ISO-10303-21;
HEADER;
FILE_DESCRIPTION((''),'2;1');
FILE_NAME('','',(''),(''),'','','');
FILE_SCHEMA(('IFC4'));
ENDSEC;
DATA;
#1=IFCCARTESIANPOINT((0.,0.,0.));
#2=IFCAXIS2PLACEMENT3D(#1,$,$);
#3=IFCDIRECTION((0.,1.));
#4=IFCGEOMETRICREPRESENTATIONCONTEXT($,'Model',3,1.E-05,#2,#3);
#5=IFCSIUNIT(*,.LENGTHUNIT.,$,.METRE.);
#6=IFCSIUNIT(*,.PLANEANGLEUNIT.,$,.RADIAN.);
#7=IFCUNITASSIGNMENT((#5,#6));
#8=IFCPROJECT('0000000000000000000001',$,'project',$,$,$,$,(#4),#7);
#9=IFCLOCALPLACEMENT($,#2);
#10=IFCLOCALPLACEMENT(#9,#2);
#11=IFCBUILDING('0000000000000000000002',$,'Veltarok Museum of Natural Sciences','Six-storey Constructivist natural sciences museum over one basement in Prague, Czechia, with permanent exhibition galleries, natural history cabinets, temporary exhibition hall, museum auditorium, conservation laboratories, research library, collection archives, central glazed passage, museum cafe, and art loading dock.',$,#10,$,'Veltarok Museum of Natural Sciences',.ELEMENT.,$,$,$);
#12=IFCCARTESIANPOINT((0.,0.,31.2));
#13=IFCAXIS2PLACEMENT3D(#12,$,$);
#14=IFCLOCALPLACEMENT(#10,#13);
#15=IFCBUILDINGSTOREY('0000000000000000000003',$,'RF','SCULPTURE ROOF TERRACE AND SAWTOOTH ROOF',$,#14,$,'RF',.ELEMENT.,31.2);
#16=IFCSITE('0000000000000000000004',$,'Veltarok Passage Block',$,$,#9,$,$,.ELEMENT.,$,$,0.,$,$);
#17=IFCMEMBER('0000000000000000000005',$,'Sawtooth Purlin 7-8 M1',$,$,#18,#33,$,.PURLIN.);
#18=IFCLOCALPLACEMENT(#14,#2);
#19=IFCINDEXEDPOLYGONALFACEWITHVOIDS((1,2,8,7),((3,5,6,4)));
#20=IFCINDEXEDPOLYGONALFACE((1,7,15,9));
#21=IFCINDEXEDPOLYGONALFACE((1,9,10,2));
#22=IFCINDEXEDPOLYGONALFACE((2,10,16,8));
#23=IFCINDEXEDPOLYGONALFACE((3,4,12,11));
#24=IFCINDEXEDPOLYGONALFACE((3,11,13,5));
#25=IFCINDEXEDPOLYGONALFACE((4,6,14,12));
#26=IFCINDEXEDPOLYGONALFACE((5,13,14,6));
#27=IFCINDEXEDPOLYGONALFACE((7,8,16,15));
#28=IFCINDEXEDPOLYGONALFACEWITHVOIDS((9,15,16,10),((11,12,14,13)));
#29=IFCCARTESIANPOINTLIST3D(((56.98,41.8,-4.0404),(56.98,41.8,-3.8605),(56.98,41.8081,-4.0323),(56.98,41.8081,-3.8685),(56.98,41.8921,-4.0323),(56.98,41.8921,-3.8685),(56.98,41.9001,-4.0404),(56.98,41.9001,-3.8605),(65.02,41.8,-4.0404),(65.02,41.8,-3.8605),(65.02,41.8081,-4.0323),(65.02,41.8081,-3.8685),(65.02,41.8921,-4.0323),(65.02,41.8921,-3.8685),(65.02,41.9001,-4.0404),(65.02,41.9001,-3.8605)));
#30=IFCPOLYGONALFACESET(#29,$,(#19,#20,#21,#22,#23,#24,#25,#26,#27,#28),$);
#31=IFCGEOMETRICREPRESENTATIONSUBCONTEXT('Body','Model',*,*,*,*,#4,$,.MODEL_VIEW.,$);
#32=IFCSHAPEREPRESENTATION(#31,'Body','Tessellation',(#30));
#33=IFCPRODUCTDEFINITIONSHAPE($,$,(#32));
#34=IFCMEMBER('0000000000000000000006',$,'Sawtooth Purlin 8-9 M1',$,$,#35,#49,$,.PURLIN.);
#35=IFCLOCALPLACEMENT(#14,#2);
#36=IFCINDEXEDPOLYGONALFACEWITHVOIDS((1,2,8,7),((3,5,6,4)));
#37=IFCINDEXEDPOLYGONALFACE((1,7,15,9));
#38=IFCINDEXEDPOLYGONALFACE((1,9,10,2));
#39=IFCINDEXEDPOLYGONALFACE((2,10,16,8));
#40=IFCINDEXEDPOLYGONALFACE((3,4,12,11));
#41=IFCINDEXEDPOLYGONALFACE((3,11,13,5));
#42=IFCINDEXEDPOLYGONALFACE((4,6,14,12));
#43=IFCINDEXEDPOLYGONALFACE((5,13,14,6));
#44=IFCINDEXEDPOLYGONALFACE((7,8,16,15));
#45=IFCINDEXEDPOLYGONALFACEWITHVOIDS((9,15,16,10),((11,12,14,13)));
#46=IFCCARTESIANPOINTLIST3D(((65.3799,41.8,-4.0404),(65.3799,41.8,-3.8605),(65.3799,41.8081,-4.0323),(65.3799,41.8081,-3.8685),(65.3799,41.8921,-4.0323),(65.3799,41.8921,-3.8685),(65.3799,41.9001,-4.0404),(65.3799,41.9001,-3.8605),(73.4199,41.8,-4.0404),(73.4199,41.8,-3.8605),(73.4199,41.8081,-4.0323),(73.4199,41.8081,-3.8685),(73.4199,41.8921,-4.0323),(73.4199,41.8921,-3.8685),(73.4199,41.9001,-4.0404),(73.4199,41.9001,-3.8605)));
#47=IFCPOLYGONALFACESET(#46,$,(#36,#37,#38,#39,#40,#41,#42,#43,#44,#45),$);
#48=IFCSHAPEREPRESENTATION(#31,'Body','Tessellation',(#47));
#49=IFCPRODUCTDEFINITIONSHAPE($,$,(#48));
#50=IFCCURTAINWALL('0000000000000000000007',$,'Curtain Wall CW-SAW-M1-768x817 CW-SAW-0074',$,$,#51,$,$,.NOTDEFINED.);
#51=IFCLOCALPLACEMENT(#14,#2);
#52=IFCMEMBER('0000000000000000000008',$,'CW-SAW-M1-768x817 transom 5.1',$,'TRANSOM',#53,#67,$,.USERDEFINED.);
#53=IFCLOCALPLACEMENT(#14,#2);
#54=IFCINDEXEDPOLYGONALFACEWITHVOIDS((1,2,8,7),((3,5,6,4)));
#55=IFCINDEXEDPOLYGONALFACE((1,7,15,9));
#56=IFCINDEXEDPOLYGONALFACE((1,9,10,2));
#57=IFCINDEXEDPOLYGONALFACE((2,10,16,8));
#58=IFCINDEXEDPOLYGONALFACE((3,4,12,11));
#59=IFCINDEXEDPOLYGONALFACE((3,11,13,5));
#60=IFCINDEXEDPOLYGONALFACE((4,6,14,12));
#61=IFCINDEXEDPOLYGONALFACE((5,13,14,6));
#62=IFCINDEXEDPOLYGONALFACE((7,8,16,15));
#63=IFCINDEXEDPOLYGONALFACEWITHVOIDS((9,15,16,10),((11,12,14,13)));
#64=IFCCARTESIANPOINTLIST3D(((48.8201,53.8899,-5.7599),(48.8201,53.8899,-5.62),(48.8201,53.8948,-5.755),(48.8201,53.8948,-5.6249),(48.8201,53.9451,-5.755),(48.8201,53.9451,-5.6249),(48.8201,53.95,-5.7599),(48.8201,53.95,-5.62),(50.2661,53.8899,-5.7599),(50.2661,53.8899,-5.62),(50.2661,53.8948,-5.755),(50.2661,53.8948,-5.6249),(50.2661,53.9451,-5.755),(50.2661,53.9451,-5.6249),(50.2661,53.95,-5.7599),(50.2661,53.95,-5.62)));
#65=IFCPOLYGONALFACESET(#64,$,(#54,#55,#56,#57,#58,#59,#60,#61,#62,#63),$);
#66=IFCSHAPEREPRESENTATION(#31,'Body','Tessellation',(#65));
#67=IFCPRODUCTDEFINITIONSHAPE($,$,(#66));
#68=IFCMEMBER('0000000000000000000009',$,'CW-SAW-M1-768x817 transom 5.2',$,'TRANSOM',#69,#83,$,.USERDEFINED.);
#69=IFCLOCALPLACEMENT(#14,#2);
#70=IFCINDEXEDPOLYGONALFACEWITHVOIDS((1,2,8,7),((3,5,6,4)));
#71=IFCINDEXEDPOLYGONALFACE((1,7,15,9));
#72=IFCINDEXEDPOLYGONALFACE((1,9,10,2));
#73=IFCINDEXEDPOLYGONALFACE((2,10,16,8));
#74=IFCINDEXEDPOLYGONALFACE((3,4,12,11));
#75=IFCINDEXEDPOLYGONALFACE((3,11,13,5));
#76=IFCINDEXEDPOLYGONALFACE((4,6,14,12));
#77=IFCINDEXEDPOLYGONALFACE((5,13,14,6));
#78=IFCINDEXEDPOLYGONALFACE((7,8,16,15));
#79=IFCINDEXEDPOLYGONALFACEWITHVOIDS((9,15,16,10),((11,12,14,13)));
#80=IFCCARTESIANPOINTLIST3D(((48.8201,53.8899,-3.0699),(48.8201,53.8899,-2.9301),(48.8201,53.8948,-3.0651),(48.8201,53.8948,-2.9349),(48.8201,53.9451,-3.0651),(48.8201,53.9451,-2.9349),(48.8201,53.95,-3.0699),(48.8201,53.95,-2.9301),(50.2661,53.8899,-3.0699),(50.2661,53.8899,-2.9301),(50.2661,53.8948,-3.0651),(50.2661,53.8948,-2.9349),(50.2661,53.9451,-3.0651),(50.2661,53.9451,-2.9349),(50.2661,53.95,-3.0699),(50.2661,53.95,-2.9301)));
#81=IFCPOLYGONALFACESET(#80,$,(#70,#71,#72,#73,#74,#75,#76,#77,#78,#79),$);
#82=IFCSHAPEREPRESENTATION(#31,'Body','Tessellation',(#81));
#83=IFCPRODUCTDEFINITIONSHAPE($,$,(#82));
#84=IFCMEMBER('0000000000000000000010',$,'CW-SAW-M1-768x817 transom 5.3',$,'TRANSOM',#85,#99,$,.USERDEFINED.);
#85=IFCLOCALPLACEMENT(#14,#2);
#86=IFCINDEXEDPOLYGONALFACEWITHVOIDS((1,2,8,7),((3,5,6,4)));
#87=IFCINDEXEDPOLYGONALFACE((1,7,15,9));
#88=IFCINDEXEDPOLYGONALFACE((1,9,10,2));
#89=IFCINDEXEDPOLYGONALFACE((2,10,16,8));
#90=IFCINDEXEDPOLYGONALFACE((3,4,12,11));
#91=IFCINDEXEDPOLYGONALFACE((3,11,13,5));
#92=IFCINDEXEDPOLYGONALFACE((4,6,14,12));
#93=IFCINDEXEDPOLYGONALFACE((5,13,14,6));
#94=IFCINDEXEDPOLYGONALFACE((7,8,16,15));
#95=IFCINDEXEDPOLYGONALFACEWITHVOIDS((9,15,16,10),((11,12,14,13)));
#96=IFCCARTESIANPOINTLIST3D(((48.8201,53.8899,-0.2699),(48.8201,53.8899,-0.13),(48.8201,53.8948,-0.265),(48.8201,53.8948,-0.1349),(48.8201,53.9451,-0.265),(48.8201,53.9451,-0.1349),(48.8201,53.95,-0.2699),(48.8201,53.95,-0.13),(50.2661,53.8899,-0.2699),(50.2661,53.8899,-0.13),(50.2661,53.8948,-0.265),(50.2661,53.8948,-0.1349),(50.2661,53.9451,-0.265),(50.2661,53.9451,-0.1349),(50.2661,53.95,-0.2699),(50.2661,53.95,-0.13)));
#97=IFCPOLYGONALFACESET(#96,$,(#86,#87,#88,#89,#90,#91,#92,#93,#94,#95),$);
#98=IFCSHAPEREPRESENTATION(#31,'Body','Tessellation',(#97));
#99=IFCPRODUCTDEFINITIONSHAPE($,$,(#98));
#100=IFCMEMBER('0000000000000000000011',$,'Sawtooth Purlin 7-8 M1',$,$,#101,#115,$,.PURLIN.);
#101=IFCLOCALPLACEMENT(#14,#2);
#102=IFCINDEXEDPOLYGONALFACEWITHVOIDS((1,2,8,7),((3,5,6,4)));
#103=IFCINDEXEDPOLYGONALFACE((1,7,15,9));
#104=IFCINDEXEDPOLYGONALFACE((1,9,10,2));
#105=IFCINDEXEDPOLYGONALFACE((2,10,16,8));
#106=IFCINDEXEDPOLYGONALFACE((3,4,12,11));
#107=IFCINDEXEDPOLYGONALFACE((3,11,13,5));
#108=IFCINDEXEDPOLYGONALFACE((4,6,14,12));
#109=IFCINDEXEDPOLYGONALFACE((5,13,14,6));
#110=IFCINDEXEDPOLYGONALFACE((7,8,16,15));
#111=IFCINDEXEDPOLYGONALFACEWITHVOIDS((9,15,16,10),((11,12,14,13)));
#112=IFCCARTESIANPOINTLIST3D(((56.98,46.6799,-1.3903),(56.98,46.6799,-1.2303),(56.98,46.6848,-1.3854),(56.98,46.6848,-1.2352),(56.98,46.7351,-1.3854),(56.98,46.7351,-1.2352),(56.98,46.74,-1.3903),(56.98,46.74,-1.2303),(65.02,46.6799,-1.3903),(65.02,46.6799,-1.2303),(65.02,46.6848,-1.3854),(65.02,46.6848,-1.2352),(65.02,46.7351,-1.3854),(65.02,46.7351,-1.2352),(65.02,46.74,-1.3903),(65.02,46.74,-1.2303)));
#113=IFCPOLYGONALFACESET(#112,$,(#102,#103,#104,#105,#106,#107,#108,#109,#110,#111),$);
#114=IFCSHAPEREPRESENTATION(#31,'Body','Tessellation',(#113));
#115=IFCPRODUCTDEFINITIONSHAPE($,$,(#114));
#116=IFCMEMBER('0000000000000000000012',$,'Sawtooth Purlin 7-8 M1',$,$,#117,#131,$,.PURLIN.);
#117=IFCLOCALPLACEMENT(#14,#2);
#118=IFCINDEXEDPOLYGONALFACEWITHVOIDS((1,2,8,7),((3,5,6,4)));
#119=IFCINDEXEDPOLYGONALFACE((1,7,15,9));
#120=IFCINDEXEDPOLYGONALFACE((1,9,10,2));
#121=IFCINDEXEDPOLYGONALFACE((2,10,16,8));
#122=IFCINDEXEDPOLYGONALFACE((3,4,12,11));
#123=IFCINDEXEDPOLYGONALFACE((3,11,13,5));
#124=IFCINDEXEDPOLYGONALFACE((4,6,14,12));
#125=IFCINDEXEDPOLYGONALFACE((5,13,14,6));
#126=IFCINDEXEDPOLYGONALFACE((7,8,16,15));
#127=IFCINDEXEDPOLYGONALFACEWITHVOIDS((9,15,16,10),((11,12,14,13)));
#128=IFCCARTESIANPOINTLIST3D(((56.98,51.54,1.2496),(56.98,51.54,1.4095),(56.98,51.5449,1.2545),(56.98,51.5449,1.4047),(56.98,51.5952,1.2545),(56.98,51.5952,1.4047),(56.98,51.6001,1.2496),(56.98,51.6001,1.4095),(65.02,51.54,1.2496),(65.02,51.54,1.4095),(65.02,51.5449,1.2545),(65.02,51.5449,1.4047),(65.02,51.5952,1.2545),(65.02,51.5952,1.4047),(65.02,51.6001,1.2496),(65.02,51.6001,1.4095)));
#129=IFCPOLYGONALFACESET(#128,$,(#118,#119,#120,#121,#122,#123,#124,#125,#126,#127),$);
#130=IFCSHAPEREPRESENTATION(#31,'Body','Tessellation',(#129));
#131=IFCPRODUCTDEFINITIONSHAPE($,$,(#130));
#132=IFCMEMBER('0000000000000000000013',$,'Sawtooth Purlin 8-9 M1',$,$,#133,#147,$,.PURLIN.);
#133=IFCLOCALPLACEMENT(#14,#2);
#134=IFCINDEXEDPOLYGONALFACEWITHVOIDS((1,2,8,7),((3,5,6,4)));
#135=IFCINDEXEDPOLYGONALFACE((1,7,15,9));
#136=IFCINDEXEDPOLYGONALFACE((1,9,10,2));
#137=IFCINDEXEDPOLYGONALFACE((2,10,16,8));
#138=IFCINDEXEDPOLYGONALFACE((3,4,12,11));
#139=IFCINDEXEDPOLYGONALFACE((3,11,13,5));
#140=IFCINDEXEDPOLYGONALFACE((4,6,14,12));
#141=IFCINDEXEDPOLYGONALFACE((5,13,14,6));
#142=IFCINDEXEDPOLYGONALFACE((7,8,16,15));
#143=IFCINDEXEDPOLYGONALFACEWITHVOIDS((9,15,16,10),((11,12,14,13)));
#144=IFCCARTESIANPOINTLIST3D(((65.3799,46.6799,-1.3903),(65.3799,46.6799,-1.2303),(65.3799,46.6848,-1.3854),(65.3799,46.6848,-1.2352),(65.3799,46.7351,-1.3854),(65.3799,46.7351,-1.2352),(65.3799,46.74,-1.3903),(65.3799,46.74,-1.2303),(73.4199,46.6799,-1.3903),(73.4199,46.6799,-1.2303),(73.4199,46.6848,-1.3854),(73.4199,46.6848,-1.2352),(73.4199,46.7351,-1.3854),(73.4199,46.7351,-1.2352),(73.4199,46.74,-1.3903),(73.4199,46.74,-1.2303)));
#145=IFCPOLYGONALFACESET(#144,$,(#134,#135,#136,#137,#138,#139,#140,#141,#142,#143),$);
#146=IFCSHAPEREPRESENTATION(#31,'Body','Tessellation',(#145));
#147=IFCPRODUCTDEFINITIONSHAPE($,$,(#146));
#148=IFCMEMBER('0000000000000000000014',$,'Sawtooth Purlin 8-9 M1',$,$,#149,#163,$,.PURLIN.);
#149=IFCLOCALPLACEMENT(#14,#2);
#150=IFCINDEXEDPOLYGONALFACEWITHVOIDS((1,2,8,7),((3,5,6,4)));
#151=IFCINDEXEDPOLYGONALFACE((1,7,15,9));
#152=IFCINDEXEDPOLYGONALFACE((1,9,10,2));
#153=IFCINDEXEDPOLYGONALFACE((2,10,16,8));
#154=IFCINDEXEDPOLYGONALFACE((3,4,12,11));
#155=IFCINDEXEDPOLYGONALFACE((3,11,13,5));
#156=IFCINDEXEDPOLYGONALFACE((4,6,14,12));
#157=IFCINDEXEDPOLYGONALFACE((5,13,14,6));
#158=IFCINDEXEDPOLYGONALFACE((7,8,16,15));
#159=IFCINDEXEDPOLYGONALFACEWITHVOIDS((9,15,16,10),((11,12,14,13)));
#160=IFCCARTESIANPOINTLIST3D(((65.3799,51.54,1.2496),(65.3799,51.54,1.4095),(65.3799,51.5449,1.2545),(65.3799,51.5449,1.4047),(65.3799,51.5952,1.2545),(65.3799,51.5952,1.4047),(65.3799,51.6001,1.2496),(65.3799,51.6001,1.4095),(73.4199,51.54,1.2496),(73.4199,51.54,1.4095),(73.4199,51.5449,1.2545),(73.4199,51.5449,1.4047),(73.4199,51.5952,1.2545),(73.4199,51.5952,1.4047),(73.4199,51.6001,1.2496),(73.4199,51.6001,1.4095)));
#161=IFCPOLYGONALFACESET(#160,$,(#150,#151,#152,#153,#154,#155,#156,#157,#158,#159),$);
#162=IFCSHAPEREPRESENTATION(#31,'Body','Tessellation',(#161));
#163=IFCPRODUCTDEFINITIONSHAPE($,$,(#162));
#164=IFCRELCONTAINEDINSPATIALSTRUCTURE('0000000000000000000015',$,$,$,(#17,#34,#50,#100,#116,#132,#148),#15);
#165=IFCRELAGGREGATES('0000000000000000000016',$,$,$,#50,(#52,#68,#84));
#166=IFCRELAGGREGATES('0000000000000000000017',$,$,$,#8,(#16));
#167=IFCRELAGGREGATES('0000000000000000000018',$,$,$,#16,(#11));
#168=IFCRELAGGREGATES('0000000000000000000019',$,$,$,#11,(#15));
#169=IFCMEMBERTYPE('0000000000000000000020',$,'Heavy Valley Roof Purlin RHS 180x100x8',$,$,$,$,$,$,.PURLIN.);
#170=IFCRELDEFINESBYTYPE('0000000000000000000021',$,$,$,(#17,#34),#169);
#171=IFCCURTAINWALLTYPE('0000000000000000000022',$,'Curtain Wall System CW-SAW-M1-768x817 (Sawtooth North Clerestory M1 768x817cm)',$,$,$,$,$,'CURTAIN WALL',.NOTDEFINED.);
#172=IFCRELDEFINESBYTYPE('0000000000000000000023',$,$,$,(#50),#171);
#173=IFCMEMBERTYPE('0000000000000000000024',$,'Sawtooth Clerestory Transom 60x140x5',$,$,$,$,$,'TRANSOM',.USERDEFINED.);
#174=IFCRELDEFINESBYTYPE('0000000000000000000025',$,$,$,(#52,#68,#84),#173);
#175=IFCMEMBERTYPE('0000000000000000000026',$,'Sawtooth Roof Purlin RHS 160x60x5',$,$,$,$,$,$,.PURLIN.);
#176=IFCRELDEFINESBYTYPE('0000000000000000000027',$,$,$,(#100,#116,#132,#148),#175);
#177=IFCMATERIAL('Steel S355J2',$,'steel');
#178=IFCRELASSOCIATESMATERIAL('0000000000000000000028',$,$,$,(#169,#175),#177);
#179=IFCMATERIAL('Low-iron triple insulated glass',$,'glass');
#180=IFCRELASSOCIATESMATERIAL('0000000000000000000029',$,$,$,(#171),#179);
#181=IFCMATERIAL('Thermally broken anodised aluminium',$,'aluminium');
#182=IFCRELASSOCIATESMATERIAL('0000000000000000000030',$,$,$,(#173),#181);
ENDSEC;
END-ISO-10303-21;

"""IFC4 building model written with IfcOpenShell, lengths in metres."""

from ifc_helpers import new_model, si_unit, direction, frame, origin, origin_2d, place, context, subcontext, project, spatial, hollow_rectangle, extrude, material, material_profile, profile_set, type_object, element, aggregate, save


model = new_model("IFC4")

# Units and contexts
model_context = context("Model", 3, precision=1e-05, world=origin(), true_north=direction((0.0, 1.0)))
body_context = subcontext(model_context, "Body", "Model", "MODEL_VIEW")
ifc_project = project(units=[si_unit("LENGTHUNIT", "METRE"), si_unit("PLANEANGLEUNIT", "RADIAN")], contexts=[model_context])

# Site, building, storey
site_placement = place(None, origin())
site = spatial("IfcSite", under=ifc_project, at=site_placement, Name="Veltarok Passage Block", CompositionType="ELEMENT", RefElevation=0.0)
building_placement = place(site_placement, origin())
building = spatial("IfcBuilding", under=site, at=building_placement, Name="Veltarok Museum of Natural Sciences", Description="Six-storey Constructivist natural sciences museum over one basement in Prague, Czechia, with permanent exhibition galleries, natural history cabinets, temporary exhibition hall, museum auditorium, conservation laboratories, research library, collection archives, central glazed passage, museum cafe, and art loading dock.", LongName="Veltarok Museum of Natural Sciences", CompositionType="ELEMENT")
storey_placement = place(building_placement, frame((0.0, 0.0, 31.2)))
storey = spatial("IfcBuildingStorey", under=building, at=storey_placement, Name="RF", Description="SCULPTURE ROOF TERRACE AND SAWTOOTH ROOF", LongName="RF", CompositionType="ELEMENT", Elevation=31.2)

# Members
ifc_material_1 = material(Name="Steel S355J2", Category="steel")
ifc_material_profile_1 = material_profile(ifc_material_1, hollow_rectangle(XDim=0.1001, YDim=0.1799, WallThickness=0.0081, at=origin_2d()), Name="RHS 180x100x8")
ifc_profile_set_1 = profile_set([ifc_material_profile_1], Name="Steel S355J2")
member_type_1 = type_object("IfcMemberType", Name="Heavy Valley Roof Purlin RHS 180x100x8", PredefinedType="PURLIN", material=ifc_profile_set_1)
for number, where, z_axis, x_axis, name in (
    (1, (56.98, 41.8501, -3.9504), (1.0, 0.0, 0.0), (0.0, 1.0, 0.0), "Sawtooth Purlin 7-8 M1"),
    (2, (65.3799, 41.8501, -3.9504), (1.0, 0.0, 0.0), (0.0, 1.0, 0.0), "Sawtooth Purlin 8-9 M1"),
):
    element("IfcMember", number, at=place(storey_placement, frame(where, z_axis=z_axis, x_axis=x_axis)), inside=storey, type_object=member_type_1, Name=name, PredefinedType="PURLIN", context=body_context, shape_type="SweptSolid", body=[
        extrude(hollow_rectangle(XDim=0.1001, YDim=0.1799, WallThickness=0.0081, at=origin_2d()), origin(), (0.0, 0.0, 1.0), 8.04),
    ])

# Curtain wall, members
ifc_material_2 = material(Name="Low-iron triple insulated glass", Category="glass")
curtain_wall_type = type_object("IfcCurtainWallType", Name="Curtain Wall System CW-SAW-M1-768x817 (Sawtooth North Clerestory M1 768x817cm)", ElementType="CURTAIN WALL", PredefinedType="NOTDEFINED", material=ifc_material_2)
curtain_wall_placement = place(storey_placement, origin())
curtain_wall = element("IfcCurtainWall", 3, at=curtain_wall_placement, inside=storey, type_object=curtain_wall_type, Name="Curtain Wall CW-SAW-M1-768x817 CW-SAW-0074", PredefinedType="NOTDEFINED")
ifc_material_3 = material(Name="Thermally broken anodised aluminium", Category="aluminium")
ifc_material_profile_2 = material_profile(ifc_material_3, hollow_rectangle(XDim=0.0601, YDim=0.1399, WallThickness=0.0049, at=origin_2d()), Name="CW TRANSOM 60x140x5")
ifc_profile_set_2 = profile_set([ifc_material_profile_2], Name="Thermally broken anodised aluminium")
member_type_2 = type_object("IfcMemberType", Name="Sawtooth Clerestory Transom 60x140x5", ElementType="TRANSOM", PredefinedType="USERDEFINED", material=ifc_profile_set_2)
member_1_placement = place(storey_placement, frame((50.2661, 53.9199, -5.6899), z_axis=(-1.0, 0.0, 0.0), x_axis=(0.0, -1.0, 0.0)))
member_1 = element("IfcMember", 4, at=member_1_placement, type_object=member_type_2, Name="CW-SAW-M1-768x817 transom 5.1", ObjectType="TRANSOM", PredefinedType="USERDEFINED", context=body_context, shape_type="SweptSolid", body=[
    extrude(hollow_rectangle(XDim=0.0601, YDim=0.1399, WallThickness=0.0049, at=origin_2d()), origin(), (0.0, 0.0, 1.0), 1.446),
])
member_2_placement = place(storey_placement, frame((50.2661, 53.9199, -3.0), z_axis=(-1.0, 0.0, 0.0), x_axis=(0.0, -1.0, 0.0)))
member_2 = element("IfcMember", 5, at=member_2_placement, type_object=member_type_2, Name="CW-SAW-M1-768x817 transom 5.2", ObjectType="TRANSOM", PredefinedType="USERDEFINED", context=body_context, shape_type="SweptSolid", body=[
    extrude(hollow_rectangle(XDim=0.0601, YDim=0.1399, WallThickness=0.0049, at=origin_2d()), origin(), (0.0, 0.0, 1.0), 1.446),
])
member_3_placement = place(storey_placement, frame((50.2661, 53.9199, -0.2), z_axis=(-1.0, 0.0, 0.0), x_axis=(0.0, -1.0, 0.0)))
member_3 = element("IfcMember", 6, at=member_3_placement, type_object=member_type_2, Name="CW-SAW-M1-768x817 transom 5.3", ObjectType="TRANSOM", PredefinedType="USERDEFINED", context=body_context, shape_type="SweptSolid", body=[
    extrude(hollow_rectangle(XDim=0.0601, YDim=0.1399, WallThickness=0.0049, at=origin_2d()), origin(), (0.0, 0.0, 1.0), 1.446),
])

# Members
ifc_material_profile_3 = material_profile(ifc_material_1, hollow_rectangle(XDim=0.0601, YDim=0.1599, WallThickness=0.0049, at=origin_2d()), Name="RHS 160x60x5")
ifc_profile_set_3 = profile_set([ifc_material_profile_3], Name="Steel S355J2")
member_type_3 = type_object("IfcMemberType", Name="Sawtooth Roof Purlin RHS 160x60x5", PredefinedType="PURLIN", material=ifc_profile_set_3)
for number, where, z_axis, x_axis, name in (
    (7, (56.98, 46.71, -1.3103), (1.0, 0.0, 0.0), (0.0, 1.0, 0.0), "Sawtooth Purlin 7-8 M1"),
    (8, (56.98, 51.5701, 1.3296), (1.0, 0.0, 0.0), (0.0, 1.0, 0.0), "Sawtooth Purlin 7-8 M1"),
    (9, (65.3799, 46.71, -1.3103), (1.0, 0.0, 0.0), (0.0, 1.0, 0.0), "Sawtooth Purlin 8-9 M1"),
    (10, (65.3799, 51.5701, 1.3296), (1.0, 0.0, 0.0), (0.0, 1.0, 0.0), "Sawtooth Purlin 8-9 M1"),
):
    element("IfcMember", number, at=place(storey_placement, frame(where, z_axis=z_axis, x_axis=x_axis)), inside=storey, type_object=member_type_3, Name=name, PredefinedType="PURLIN", context=body_context, shape_type="SweptSolid", body=[
        extrude(hollow_rectangle(XDim=0.0601, YDim=0.1599, WallThickness=0.0049, at=origin_2d()), origin(), (0.0, 0.0, 1.0), 8.04),
    ])

aggregate(curtain_wall, [member_1, member_2, member_3])

save(model, "model.ifc")
